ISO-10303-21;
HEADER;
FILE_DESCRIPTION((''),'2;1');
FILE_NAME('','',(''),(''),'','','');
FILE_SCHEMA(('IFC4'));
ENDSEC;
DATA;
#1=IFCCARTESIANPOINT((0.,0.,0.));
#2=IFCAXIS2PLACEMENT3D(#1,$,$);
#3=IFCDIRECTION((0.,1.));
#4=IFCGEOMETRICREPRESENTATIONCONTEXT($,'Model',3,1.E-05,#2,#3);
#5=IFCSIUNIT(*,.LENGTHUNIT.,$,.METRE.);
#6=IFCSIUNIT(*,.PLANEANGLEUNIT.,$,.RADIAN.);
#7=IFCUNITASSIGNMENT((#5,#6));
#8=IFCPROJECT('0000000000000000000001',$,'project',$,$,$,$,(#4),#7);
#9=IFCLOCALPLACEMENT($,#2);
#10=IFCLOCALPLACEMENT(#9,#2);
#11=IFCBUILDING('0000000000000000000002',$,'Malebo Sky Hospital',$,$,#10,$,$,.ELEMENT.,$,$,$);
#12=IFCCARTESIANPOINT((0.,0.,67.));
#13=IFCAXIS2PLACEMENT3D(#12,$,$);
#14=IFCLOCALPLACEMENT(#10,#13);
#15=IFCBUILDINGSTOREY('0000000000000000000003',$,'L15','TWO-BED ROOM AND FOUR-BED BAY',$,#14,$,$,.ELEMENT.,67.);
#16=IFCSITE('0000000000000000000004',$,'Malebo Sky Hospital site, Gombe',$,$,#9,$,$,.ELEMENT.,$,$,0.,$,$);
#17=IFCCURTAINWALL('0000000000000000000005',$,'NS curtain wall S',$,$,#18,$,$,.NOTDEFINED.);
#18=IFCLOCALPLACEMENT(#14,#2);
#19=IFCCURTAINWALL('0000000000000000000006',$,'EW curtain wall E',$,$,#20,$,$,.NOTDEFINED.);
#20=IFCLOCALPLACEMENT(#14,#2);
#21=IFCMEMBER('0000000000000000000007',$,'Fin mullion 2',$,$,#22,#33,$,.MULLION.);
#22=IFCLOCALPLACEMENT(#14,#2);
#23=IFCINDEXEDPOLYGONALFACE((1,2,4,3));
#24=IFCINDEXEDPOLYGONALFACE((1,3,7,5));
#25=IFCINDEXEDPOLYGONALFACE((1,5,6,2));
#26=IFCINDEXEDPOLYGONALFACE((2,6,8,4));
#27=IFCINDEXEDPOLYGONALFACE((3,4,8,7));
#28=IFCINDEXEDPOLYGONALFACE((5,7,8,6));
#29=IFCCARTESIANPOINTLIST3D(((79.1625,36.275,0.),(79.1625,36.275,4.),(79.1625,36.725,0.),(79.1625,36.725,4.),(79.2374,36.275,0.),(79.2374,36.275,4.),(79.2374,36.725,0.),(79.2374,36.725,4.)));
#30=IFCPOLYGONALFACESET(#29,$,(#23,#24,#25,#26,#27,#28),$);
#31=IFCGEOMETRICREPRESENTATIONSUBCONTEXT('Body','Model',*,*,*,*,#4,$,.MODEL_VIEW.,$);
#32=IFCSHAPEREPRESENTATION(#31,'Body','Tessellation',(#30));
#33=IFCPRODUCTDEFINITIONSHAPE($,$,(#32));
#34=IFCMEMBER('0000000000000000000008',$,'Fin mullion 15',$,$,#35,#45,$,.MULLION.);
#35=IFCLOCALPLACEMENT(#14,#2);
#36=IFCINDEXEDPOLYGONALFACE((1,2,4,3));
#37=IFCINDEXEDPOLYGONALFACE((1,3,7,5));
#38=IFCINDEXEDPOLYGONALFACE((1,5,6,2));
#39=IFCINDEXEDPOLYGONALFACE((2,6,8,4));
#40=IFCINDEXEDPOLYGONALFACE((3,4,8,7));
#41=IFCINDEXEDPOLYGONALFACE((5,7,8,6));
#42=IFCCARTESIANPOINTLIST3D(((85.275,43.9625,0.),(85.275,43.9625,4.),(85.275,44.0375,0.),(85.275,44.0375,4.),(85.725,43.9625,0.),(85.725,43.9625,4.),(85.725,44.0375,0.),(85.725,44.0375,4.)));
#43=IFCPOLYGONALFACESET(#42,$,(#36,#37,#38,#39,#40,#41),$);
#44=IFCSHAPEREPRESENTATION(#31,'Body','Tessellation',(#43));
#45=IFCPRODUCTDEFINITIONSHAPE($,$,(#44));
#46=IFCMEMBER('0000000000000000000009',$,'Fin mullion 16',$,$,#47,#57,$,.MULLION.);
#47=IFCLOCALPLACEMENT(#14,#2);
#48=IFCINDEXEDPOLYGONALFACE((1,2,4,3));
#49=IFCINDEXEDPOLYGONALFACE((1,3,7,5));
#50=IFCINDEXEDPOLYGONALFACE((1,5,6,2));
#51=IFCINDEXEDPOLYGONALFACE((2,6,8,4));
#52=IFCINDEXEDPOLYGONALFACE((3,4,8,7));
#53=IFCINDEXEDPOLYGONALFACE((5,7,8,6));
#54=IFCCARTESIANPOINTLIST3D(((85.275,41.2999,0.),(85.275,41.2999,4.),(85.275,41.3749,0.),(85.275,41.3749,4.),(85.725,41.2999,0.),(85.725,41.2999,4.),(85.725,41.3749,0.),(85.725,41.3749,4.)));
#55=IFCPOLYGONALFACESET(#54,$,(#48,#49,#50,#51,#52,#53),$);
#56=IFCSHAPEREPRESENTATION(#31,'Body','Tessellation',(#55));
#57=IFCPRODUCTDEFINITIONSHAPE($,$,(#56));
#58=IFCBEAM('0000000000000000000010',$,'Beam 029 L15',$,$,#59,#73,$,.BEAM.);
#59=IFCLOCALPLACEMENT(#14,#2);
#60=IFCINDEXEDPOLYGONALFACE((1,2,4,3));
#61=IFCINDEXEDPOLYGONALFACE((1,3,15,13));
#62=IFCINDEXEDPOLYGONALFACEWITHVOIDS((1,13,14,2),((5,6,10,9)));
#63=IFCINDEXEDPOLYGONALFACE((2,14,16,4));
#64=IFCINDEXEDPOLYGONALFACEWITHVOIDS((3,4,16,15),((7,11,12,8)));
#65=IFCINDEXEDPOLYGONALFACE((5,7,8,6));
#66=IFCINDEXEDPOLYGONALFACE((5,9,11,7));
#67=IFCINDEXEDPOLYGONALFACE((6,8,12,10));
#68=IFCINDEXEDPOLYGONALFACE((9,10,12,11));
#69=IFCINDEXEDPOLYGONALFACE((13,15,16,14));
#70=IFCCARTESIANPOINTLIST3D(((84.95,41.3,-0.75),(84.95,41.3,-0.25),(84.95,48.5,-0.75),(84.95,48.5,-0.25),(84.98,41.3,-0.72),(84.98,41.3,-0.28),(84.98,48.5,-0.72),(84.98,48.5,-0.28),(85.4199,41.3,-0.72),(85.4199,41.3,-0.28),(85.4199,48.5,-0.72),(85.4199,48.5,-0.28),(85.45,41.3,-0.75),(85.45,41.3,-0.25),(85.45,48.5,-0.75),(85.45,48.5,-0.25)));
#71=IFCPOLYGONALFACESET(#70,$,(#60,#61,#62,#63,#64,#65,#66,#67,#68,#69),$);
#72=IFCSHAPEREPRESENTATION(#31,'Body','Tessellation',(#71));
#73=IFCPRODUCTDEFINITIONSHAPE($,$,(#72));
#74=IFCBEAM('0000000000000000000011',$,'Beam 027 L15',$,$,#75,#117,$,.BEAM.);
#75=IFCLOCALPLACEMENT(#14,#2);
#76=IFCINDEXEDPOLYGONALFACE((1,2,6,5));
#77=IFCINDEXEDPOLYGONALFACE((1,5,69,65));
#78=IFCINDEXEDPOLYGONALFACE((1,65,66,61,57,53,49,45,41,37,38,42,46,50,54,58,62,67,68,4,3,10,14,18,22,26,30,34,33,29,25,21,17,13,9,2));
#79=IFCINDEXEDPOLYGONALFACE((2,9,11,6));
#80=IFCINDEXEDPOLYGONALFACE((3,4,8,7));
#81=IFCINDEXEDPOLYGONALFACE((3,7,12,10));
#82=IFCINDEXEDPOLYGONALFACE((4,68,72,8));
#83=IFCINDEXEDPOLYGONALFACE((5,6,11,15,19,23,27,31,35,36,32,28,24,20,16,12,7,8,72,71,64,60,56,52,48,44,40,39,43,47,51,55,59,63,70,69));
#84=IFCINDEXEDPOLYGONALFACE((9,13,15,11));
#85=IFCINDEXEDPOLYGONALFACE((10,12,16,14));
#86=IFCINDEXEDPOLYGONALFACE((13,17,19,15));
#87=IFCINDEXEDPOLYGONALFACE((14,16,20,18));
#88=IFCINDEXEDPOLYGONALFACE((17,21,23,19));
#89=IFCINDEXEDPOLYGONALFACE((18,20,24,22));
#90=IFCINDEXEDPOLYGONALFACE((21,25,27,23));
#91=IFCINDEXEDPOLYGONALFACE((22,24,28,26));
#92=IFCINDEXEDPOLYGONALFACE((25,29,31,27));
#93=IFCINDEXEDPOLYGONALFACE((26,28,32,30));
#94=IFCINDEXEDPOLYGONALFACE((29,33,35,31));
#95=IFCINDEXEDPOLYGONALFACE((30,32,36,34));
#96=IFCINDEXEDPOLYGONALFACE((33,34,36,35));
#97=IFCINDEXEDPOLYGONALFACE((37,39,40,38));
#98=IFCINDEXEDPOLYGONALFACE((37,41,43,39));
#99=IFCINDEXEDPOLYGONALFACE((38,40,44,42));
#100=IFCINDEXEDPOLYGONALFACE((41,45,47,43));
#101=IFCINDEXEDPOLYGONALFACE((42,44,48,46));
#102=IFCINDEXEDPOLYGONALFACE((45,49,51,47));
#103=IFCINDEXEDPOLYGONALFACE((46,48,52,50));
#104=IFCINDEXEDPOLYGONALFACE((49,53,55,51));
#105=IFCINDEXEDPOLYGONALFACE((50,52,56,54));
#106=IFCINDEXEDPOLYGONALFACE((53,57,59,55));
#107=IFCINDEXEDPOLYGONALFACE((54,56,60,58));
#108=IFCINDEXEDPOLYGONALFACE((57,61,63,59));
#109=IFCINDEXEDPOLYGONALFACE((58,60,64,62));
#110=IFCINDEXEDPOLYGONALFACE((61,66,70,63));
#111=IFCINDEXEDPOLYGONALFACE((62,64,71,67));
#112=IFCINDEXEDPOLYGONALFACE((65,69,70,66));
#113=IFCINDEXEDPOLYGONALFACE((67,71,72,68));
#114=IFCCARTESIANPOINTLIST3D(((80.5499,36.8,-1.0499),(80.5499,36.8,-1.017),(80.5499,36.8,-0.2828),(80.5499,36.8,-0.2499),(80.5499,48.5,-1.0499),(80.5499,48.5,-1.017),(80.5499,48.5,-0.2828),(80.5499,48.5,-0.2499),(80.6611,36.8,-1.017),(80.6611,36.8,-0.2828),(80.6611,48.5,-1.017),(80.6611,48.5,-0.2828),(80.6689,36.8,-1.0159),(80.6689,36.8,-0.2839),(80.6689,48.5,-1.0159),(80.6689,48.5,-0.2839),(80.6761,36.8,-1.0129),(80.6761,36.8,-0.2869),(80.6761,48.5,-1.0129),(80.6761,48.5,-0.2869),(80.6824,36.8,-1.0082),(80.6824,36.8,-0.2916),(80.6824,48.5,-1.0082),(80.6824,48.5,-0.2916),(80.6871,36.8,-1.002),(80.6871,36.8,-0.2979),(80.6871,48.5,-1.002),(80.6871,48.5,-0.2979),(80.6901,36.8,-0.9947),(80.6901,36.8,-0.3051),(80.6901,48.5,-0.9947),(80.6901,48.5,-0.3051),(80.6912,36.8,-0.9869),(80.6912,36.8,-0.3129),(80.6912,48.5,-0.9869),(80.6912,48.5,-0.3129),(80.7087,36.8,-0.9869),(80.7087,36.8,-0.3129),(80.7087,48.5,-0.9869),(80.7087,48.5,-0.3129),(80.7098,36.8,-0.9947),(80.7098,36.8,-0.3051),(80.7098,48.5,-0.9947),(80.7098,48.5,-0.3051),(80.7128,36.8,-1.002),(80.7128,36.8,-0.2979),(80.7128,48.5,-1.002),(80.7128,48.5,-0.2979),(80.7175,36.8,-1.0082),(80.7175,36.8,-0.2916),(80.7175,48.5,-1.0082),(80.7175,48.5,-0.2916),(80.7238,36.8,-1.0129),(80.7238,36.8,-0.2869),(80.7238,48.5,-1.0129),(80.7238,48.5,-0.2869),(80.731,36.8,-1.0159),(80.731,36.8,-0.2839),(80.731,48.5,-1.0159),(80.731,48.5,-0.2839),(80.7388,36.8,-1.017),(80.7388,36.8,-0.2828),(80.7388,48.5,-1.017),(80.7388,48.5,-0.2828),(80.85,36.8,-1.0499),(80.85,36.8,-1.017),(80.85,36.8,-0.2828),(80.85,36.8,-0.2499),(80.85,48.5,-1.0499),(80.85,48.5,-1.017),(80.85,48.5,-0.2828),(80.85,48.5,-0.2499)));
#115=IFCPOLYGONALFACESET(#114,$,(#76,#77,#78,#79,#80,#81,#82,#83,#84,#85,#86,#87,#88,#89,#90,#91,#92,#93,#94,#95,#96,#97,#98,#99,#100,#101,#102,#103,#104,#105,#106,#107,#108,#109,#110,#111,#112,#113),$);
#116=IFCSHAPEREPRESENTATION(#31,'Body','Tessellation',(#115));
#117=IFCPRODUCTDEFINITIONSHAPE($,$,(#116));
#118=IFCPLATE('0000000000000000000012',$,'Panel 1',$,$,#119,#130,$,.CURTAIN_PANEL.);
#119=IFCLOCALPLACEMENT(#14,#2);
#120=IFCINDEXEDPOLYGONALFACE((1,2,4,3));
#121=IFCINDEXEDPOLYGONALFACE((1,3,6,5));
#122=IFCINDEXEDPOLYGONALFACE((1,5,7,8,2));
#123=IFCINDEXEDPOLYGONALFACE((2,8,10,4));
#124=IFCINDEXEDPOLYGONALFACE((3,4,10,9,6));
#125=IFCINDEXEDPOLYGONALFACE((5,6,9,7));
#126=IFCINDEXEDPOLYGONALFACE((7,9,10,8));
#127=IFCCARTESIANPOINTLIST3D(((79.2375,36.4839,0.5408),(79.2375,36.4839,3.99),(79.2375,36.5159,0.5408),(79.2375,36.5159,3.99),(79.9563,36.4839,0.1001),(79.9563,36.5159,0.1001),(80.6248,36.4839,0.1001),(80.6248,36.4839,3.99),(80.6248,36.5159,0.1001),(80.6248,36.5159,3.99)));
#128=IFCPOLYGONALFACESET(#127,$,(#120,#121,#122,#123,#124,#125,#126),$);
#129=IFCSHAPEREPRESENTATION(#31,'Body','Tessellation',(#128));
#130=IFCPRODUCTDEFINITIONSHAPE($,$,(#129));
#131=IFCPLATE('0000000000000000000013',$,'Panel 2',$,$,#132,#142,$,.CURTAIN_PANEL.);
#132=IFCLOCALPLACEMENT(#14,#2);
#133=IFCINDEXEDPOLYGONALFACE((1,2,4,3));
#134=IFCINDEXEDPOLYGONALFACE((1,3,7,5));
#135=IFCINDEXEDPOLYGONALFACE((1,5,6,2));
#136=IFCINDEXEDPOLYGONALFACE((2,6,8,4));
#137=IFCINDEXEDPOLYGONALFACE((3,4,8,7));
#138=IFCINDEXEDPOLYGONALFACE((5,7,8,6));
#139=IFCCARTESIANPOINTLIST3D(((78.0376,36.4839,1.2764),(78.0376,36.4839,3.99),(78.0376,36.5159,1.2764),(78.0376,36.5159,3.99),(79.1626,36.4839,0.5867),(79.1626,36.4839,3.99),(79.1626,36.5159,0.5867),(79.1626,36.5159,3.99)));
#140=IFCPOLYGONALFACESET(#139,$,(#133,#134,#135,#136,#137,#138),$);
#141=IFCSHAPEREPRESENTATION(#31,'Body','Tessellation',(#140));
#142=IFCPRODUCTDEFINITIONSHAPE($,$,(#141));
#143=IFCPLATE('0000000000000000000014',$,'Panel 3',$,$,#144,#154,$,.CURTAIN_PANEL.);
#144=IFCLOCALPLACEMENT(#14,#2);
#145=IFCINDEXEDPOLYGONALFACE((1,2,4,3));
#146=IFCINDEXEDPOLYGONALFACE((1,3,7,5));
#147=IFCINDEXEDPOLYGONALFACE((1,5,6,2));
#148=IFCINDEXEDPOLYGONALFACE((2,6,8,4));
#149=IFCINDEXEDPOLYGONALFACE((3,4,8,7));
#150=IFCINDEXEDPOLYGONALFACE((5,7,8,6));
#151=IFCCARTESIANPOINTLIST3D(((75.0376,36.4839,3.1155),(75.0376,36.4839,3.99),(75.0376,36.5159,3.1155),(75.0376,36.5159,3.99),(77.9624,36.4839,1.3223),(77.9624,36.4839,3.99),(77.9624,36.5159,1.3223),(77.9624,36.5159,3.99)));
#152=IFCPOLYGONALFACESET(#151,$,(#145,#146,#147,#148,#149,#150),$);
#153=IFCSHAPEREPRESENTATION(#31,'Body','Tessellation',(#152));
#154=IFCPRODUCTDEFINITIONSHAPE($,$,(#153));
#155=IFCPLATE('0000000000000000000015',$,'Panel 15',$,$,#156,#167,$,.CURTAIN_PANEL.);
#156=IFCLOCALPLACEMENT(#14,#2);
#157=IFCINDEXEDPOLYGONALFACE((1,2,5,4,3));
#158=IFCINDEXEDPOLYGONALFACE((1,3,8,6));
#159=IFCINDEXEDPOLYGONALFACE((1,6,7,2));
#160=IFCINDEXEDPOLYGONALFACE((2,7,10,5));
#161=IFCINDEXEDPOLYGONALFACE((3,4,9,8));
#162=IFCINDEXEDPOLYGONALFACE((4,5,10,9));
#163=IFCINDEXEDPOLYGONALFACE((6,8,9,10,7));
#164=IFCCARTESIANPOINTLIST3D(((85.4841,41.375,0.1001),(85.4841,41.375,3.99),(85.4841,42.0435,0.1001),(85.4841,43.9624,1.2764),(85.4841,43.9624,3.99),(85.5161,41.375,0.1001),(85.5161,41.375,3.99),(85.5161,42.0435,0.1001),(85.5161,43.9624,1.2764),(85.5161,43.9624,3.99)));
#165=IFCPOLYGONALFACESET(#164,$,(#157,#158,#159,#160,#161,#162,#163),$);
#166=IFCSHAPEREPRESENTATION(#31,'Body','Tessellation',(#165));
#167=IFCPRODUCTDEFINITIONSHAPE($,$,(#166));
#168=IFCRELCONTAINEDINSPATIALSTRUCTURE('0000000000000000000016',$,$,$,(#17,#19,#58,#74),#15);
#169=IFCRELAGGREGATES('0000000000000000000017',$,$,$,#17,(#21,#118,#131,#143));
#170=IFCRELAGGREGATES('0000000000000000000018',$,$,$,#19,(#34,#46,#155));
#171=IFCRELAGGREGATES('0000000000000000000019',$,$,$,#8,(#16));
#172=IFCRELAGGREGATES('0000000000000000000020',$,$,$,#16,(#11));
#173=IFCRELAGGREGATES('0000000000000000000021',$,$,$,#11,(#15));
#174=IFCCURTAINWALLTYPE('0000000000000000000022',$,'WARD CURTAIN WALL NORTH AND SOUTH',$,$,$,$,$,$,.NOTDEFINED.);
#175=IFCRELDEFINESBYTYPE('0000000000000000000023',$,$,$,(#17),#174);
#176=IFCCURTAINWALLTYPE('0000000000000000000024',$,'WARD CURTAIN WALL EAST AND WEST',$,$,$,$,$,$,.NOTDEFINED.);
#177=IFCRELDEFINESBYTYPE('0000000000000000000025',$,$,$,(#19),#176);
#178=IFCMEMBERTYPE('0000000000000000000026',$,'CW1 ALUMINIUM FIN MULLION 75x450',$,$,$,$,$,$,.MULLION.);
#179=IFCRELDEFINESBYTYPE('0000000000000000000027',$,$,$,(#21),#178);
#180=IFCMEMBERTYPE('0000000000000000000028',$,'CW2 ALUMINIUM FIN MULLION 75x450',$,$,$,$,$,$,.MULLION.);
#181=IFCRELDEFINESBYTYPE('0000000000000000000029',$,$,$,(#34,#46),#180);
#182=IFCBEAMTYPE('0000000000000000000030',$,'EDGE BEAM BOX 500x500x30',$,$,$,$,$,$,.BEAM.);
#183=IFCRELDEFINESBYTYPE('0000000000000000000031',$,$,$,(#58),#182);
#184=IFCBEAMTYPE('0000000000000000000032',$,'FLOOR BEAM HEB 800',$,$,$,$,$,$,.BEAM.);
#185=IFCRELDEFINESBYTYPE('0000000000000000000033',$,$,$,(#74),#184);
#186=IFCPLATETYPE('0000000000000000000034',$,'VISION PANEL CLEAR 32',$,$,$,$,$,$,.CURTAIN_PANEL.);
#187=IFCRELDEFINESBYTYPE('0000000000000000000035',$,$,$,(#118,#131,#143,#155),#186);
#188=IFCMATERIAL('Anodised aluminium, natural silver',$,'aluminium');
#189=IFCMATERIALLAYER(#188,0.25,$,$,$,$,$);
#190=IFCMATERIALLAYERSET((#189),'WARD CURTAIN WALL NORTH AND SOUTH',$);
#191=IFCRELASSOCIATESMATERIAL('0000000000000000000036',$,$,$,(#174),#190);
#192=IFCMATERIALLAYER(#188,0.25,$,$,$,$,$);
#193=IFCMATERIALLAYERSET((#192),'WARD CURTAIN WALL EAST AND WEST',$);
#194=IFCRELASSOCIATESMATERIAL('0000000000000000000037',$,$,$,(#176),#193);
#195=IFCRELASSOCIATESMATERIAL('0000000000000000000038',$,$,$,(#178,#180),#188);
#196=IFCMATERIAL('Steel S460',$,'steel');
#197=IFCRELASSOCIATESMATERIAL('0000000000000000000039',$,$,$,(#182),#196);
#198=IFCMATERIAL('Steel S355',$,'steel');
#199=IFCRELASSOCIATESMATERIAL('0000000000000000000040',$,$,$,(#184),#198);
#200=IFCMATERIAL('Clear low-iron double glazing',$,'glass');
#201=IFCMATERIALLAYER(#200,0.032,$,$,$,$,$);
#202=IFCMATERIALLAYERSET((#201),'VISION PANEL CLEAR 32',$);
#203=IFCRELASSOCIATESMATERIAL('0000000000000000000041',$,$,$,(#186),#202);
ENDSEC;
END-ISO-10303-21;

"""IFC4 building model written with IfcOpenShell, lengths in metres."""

from ifc_helpers import new_model, si_unit, direction, frame, origin, origin_2d, place, context, subcontext, project, spatial, polyline, rectangle, hollow_rectangle, i_section, outline, extrude, material, layer, layer_set, material_profile, profile_set, type_object, element, aggregate, save


model = new_model("IFC4")

# Units and contexts
model_context = context("Model", 3, precision=1e-05, world=origin(), true_north=direction((0.0, 1.0)))
body_context = subcontext(model_context, "Body", "Model", "MODEL_VIEW")
ifc_project = project(units=[si_unit("LENGTHUNIT", "METRE"), si_unit("PLANEANGLEUNIT", "RADIAN")], contexts=[model_context])

# Site, building, storey
site_placement = place(None, origin())
site = spatial("IfcSite", under=ifc_project, at=site_placement, Name="Malebo Sky Hospital site, Gombe", CompositionType="ELEMENT", RefElevation=0.0)
building_placement = place(site_placement, origin())
building = spatial("IfcBuilding", under=site, at=building_placement, Name="Malebo Sky Hospital", CompositionType="ELEMENT")
storey_placement = place(building_placement, frame((0.0, 0.0, 67.0)))
storey = spatial("IfcBuildingStorey", under=building, at=storey_placement, Name="L15", Description="TWO-BED ROOM AND FOUR-BED BAY", CompositionType="ELEMENT", Elevation=67.0)

# Shared definitions
ifc_material_1 = material(Name="Steel S460", Category="steel")

# Curtain wall
ifc_material_2 = material(Name="Anodised aluminium, natural silver", Category="aluminium")
ifc_layer_1 = layer(ifc_material_2, 0.25)
ifc_layer_set_1 = layer_set([ifc_layer_1], Name="WARD CURTAIN WALL NORTH AND SOUTH")
curtain_wall_type_1 = type_object("IfcCurtainWallType", Name="WARD CURTAIN WALL NORTH AND SOUTH", PredefinedType="NOTDEFINED", material=ifc_layer_set_1)
curtain_wall_1_placement = place(storey_placement, origin())
curtain_wall_1 = element("IfcCurtainWall", 1, at=curtain_wall_1_placement, inside=storey, type_object=curtain_wall_type_1, Name="NS curtain wall S", PredefinedType="NOTDEFINED")

# Curtain wall
ifc_layer_2 = layer(ifc_material_2, 0.25)
ifc_layer_set_2 = layer_set([ifc_layer_2], Name="WARD CURTAIN WALL EAST AND WEST")
curtain_wall_type_2 = type_object("IfcCurtainWallType", Name="WARD CURTAIN WALL EAST AND WEST", PredefinedType="NOTDEFINED", material=ifc_layer_set_2)
curtain_wall_2_placement = place(storey_placement, origin())
curtain_wall_2 = element("IfcCurtainWall", 2, at=curtain_wall_2_placement, inside=storey, type_object=curtain_wall_type_2, Name="EW curtain wall E", PredefinedType="NOTDEFINED")

# Shared definitions
ifc_material_3 = material(Name="Steel S355", Category="steel")

# Members
ifc_material_profile_1 = material_profile(ifc_material_2, rectangle(XDim=0.075, YDim=0.45, at=origin_2d()), Name="CW1 ALUMINIUM FIN MULLION 75x450")
ifc_profile_set_1 = profile_set([ifc_material_profile_1], Name="Anodised aluminium, natural silver")
member_type_1 = type_object("IfcMemberType", Name="CW1 ALUMINIUM FIN MULLION 75x450", PredefinedType="MULLION", material=ifc_profile_set_1)
member_1_placement = place(storey_placement, frame((79.2, 36.5, 0.0), z_axis=(0.0, 0.0, 1.0), x_axis=(-1.0, 0.0, 0.0)))
member_1 = element("IfcMember", 3, at=member_1_placement, type_object=member_type_1, Name="Fin mullion 2", PredefinedType="MULLION", context=body_context, shape_type="SweptSolid", body=[
    extrude(rectangle(XDim=0.075, YDim=0.45, at=origin_2d()), origin(), (0.0, 0.0, 1.0), 4.0),
])
ifc_material_profile_2 = material_profile(ifc_material_2, rectangle(XDim=0.075, YDim=0.45, at=origin_2d()), Name="CW2 ALUMINIUM FIN MULLION 75x450")
ifc_profile_set_2 = profile_set([ifc_material_profile_2], Name="Anodised aluminium, natural silver")
member_type_2 = type_object("IfcMemberType", Name="CW2 ALUMINIUM FIN MULLION 75x450", PredefinedType="MULLION", material=ifc_profile_set_2)
member_2_placement = place(storey_placement, frame((85.5, 44.0, 0.0), z_axis=(0.0, 0.0, 1.0), x_axis=(0.0, -1.0, 0.0)))
member_2 = element("IfcMember", 4, at=member_2_placement, type_object=member_type_2, Name="Fin mullion 15", PredefinedType="MULLION", context=body_context, shape_type="SweptSolid", body=[
    extrude(rectangle(XDim=0.075, YDim=0.45, at=origin_2d()), origin(), (0.0, 0.0, 1.0), 4.0),
])
member_3_placement = place(storey_placement, frame((85.5, 41.3374, 0.0), z_axis=(0.0, 0.0, 1.0), x_axis=(0.0, -1.0, 0.0)))
member_3 = element("IfcMember", 5, at=member_3_placement, type_object=member_type_2, Name="Fin mullion 16", PredefinedType="MULLION", context=body_context, shape_type="SweptSolid", body=[
    extrude(rectangle(XDim=0.075, YDim=0.45, at=origin_2d()), origin(), (0.0, 0.0, 1.0), 4.0),
])

# Beams
ifc_material_profile_3 = material_profile(ifc_material_1, hollow_rectangle(XDim=0.5, YDim=0.5, WallThickness=0.03, at=origin_2d()), Name="BOX 500x500x30")
ifc_profile_set_3 = profile_set([ifc_material_profile_3], Name="Steel S460")
beam_type_1 = type_object("IfcBeamType", Name="EDGE BEAM BOX 500x500x30", PredefinedType="BEAM", material=ifc_profile_set_3)
beam_1_placement = place(storey_placement, frame((85.2, 41.3, -0.5), z_axis=(0.0, 1.0, 0.0), x_axis=(-1.0, 0.0, 0.0)))
element("IfcBeam", 6, at=beam_1_placement, inside=storey, type_object=beam_type_1, Name="Beam 029 L15", PredefinedType="BEAM", context=body_context, shape_type="SweptSolid", body=[
    extrude(hollow_rectangle(XDim=0.5, YDim=0.5, WallThickness=0.03, at=origin_2d()), origin(), (0.0, 0.0, 1.0), 7.2),
])
ifc_material_profile_4 = material_profile(ifc_material_3, i_section(OverallWidth=0.3, OverallDepth=0.8, WebThickness=0.0176, FlangeThickness=0.033, FilletRadius=0.03, at=origin_2d()), Name="HEB 800")
ifc_profile_set_4 = profile_set([ifc_material_profile_4], Name="Steel S355")
beam_type_2 = type_object("IfcBeamType", Name="FLOOR BEAM HEB 800", PredefinedType="BEAM", material=ifc_profile_set_4)
beam_2_placement = place(storey_placement, frame((80.7, 36.8, -0.6499), z_axis=(0.0, 1.0, 0.0), x_axis=(-1.0, 0.0, 0.0)))
element("IfcBeam", 7, at=beam_2_placement, inside=storey, type_object=beam_type_2, Name="Beam 027 L15", PredefinedType="BEAM", context=body_context, shape_type="SweptSolid", body=[
    extrude(i_section(OverallWidth=0.3, OverallDepth=0.8, WebThickness=0.0176, FlangeThickness=0.033, FilletRadius=0.03, at=origin_2d()), origin(), (0.0, 0.0, 1.0), 11.7),
])

# Plates
ifc_material_4 = material(Name="Clear low-iron double glazing", Category="glass")
ifc_layer_3 = layer(ifc_material_4, 0.032)
ifc_layer_set_3 = layer_set([ifc_layer_3], Name="VISION PANEL CLEAR 32")
plate_type = type_object("IfcPlateType", Name="VISION PANEL CLEAR 32", PredefinedType="CURTAIN_PANEL", material=ifc_layer_set_3)
plate_1_placement = place(storey_placement, frame((79.9312, 36.5, 0.1001), z_axis=(0.0, 0.0, 1.0), x_axis=(-1.0, 0.0, 0.0)))
plate_1 = element("IfcPlate", 8, at=plate_1_placement, type_object=plate_type, Name="Panel 1", PredefinedType="CURTAIN_PANEL", context=body_context, shape_type="SweptSolid", body=[
    extrude(outline(polyline([(-0.6936, 0.0), (-0.0251, 0.0), (0.6936, 0.4407), (0.6936, 3.8899), (-0.6936, 3.8899), (-0.6936, 0.0)])), frame((0.0, 0.0161, 0.0), z_axis=(0.0, -1.0, 0.0), x_axis=(1.0, 0.0, 0.0)), (0.0, 0.0, 1.0), 0.032),
])
plate_2_placement = place(storey_placement, frame((78.6001, 36.5, 0.5867), z_axis=(0.0, 0.0, 1.0), x_axis=(-1.0, 0.0, 0.0)))
plate_2 = element("IfcPlate", 9, at=plate_2_placement, type_object=plate_type, Name="Panel 2", PredefinedType="CURTAIN_PANEL", context=body_context, shape_type="SweptSolid", body=[
    extrude(outline(polyline([(-0.5625, 0.0), (0.5625, 0.6897), (0.5625, 3.4033), (-0.5625, 3.4033), (-0.5625, 0.0)])), frame((0.0, 0.0161, 0.0), z_axis=(0.0, -1.0, 0.0), x_axis=(1.0, 0.0, 0.0)), (0.0, 0.0, 1.0), 0.032),
])
plate_3_placement = place(storey_placement, frame((76.5, 36.5, 1.3223), z_axis=(0.0, 0.0, 1.0), x_axis=(-1.0, 0.0, 0.0)))
plate_3 = element("IfcPlate", 10, at=plate_3_placement, type_object=plate_type, Name="Panel 3", PredefinedType="CURTAIN_PANEL", context=body_context, shape_type="SweptSolid", body=[
    extrude(outline(polyline([(-1.4624, 0.0), (1.4624, 1.7932), (1.4624, 2.6677), (-1.4624, 2.6677), (-1.4624, 0.0)])), frame((0.0, 0.0161, 0.0), z_axis=(0.0, -1.0, 0.0), x_axis=(1.0, 0.0, 0.0)), (0.0, 0.0, 1.0), 0.032),
])
aggregate(curtain_wall_1, [member_1, plate_1, plate_2, plate_3])
plate_4_placement = place(storey_placement, frame((85.5, 42.6687, 0.1001), z_axis=(0.0, 0.0, 1.0), x_axis=(0.0, -1.0, 0.0)))
plate_4 = element("IfcPlate", 11, at=plate_4_placement, type_object=plate_type, Name="Panel 15", PredefinedType="CURTAIN_PANEL", context=body_context, shape_type="SweptSolid", body=[
    extrude(outline(polyline([(0.6252, 0.0), (1.2937, 0.0), (1.2937, 3.8899), (-1.2937, 3.8899), (-1.2937, 1.1763), (0.6252, 0.0)])), frame((0.0, 0.0161, 0.0), z_axis=(0.0, -1.0, 0.0), x_axis=(1.0, 0.0, 0.0)), (0.0, 0.0, 1.0), 0.032),
])
aggregate(curtain_wall_2, [member_2, member_3, plate_4])

save(model, "model.ifc")
